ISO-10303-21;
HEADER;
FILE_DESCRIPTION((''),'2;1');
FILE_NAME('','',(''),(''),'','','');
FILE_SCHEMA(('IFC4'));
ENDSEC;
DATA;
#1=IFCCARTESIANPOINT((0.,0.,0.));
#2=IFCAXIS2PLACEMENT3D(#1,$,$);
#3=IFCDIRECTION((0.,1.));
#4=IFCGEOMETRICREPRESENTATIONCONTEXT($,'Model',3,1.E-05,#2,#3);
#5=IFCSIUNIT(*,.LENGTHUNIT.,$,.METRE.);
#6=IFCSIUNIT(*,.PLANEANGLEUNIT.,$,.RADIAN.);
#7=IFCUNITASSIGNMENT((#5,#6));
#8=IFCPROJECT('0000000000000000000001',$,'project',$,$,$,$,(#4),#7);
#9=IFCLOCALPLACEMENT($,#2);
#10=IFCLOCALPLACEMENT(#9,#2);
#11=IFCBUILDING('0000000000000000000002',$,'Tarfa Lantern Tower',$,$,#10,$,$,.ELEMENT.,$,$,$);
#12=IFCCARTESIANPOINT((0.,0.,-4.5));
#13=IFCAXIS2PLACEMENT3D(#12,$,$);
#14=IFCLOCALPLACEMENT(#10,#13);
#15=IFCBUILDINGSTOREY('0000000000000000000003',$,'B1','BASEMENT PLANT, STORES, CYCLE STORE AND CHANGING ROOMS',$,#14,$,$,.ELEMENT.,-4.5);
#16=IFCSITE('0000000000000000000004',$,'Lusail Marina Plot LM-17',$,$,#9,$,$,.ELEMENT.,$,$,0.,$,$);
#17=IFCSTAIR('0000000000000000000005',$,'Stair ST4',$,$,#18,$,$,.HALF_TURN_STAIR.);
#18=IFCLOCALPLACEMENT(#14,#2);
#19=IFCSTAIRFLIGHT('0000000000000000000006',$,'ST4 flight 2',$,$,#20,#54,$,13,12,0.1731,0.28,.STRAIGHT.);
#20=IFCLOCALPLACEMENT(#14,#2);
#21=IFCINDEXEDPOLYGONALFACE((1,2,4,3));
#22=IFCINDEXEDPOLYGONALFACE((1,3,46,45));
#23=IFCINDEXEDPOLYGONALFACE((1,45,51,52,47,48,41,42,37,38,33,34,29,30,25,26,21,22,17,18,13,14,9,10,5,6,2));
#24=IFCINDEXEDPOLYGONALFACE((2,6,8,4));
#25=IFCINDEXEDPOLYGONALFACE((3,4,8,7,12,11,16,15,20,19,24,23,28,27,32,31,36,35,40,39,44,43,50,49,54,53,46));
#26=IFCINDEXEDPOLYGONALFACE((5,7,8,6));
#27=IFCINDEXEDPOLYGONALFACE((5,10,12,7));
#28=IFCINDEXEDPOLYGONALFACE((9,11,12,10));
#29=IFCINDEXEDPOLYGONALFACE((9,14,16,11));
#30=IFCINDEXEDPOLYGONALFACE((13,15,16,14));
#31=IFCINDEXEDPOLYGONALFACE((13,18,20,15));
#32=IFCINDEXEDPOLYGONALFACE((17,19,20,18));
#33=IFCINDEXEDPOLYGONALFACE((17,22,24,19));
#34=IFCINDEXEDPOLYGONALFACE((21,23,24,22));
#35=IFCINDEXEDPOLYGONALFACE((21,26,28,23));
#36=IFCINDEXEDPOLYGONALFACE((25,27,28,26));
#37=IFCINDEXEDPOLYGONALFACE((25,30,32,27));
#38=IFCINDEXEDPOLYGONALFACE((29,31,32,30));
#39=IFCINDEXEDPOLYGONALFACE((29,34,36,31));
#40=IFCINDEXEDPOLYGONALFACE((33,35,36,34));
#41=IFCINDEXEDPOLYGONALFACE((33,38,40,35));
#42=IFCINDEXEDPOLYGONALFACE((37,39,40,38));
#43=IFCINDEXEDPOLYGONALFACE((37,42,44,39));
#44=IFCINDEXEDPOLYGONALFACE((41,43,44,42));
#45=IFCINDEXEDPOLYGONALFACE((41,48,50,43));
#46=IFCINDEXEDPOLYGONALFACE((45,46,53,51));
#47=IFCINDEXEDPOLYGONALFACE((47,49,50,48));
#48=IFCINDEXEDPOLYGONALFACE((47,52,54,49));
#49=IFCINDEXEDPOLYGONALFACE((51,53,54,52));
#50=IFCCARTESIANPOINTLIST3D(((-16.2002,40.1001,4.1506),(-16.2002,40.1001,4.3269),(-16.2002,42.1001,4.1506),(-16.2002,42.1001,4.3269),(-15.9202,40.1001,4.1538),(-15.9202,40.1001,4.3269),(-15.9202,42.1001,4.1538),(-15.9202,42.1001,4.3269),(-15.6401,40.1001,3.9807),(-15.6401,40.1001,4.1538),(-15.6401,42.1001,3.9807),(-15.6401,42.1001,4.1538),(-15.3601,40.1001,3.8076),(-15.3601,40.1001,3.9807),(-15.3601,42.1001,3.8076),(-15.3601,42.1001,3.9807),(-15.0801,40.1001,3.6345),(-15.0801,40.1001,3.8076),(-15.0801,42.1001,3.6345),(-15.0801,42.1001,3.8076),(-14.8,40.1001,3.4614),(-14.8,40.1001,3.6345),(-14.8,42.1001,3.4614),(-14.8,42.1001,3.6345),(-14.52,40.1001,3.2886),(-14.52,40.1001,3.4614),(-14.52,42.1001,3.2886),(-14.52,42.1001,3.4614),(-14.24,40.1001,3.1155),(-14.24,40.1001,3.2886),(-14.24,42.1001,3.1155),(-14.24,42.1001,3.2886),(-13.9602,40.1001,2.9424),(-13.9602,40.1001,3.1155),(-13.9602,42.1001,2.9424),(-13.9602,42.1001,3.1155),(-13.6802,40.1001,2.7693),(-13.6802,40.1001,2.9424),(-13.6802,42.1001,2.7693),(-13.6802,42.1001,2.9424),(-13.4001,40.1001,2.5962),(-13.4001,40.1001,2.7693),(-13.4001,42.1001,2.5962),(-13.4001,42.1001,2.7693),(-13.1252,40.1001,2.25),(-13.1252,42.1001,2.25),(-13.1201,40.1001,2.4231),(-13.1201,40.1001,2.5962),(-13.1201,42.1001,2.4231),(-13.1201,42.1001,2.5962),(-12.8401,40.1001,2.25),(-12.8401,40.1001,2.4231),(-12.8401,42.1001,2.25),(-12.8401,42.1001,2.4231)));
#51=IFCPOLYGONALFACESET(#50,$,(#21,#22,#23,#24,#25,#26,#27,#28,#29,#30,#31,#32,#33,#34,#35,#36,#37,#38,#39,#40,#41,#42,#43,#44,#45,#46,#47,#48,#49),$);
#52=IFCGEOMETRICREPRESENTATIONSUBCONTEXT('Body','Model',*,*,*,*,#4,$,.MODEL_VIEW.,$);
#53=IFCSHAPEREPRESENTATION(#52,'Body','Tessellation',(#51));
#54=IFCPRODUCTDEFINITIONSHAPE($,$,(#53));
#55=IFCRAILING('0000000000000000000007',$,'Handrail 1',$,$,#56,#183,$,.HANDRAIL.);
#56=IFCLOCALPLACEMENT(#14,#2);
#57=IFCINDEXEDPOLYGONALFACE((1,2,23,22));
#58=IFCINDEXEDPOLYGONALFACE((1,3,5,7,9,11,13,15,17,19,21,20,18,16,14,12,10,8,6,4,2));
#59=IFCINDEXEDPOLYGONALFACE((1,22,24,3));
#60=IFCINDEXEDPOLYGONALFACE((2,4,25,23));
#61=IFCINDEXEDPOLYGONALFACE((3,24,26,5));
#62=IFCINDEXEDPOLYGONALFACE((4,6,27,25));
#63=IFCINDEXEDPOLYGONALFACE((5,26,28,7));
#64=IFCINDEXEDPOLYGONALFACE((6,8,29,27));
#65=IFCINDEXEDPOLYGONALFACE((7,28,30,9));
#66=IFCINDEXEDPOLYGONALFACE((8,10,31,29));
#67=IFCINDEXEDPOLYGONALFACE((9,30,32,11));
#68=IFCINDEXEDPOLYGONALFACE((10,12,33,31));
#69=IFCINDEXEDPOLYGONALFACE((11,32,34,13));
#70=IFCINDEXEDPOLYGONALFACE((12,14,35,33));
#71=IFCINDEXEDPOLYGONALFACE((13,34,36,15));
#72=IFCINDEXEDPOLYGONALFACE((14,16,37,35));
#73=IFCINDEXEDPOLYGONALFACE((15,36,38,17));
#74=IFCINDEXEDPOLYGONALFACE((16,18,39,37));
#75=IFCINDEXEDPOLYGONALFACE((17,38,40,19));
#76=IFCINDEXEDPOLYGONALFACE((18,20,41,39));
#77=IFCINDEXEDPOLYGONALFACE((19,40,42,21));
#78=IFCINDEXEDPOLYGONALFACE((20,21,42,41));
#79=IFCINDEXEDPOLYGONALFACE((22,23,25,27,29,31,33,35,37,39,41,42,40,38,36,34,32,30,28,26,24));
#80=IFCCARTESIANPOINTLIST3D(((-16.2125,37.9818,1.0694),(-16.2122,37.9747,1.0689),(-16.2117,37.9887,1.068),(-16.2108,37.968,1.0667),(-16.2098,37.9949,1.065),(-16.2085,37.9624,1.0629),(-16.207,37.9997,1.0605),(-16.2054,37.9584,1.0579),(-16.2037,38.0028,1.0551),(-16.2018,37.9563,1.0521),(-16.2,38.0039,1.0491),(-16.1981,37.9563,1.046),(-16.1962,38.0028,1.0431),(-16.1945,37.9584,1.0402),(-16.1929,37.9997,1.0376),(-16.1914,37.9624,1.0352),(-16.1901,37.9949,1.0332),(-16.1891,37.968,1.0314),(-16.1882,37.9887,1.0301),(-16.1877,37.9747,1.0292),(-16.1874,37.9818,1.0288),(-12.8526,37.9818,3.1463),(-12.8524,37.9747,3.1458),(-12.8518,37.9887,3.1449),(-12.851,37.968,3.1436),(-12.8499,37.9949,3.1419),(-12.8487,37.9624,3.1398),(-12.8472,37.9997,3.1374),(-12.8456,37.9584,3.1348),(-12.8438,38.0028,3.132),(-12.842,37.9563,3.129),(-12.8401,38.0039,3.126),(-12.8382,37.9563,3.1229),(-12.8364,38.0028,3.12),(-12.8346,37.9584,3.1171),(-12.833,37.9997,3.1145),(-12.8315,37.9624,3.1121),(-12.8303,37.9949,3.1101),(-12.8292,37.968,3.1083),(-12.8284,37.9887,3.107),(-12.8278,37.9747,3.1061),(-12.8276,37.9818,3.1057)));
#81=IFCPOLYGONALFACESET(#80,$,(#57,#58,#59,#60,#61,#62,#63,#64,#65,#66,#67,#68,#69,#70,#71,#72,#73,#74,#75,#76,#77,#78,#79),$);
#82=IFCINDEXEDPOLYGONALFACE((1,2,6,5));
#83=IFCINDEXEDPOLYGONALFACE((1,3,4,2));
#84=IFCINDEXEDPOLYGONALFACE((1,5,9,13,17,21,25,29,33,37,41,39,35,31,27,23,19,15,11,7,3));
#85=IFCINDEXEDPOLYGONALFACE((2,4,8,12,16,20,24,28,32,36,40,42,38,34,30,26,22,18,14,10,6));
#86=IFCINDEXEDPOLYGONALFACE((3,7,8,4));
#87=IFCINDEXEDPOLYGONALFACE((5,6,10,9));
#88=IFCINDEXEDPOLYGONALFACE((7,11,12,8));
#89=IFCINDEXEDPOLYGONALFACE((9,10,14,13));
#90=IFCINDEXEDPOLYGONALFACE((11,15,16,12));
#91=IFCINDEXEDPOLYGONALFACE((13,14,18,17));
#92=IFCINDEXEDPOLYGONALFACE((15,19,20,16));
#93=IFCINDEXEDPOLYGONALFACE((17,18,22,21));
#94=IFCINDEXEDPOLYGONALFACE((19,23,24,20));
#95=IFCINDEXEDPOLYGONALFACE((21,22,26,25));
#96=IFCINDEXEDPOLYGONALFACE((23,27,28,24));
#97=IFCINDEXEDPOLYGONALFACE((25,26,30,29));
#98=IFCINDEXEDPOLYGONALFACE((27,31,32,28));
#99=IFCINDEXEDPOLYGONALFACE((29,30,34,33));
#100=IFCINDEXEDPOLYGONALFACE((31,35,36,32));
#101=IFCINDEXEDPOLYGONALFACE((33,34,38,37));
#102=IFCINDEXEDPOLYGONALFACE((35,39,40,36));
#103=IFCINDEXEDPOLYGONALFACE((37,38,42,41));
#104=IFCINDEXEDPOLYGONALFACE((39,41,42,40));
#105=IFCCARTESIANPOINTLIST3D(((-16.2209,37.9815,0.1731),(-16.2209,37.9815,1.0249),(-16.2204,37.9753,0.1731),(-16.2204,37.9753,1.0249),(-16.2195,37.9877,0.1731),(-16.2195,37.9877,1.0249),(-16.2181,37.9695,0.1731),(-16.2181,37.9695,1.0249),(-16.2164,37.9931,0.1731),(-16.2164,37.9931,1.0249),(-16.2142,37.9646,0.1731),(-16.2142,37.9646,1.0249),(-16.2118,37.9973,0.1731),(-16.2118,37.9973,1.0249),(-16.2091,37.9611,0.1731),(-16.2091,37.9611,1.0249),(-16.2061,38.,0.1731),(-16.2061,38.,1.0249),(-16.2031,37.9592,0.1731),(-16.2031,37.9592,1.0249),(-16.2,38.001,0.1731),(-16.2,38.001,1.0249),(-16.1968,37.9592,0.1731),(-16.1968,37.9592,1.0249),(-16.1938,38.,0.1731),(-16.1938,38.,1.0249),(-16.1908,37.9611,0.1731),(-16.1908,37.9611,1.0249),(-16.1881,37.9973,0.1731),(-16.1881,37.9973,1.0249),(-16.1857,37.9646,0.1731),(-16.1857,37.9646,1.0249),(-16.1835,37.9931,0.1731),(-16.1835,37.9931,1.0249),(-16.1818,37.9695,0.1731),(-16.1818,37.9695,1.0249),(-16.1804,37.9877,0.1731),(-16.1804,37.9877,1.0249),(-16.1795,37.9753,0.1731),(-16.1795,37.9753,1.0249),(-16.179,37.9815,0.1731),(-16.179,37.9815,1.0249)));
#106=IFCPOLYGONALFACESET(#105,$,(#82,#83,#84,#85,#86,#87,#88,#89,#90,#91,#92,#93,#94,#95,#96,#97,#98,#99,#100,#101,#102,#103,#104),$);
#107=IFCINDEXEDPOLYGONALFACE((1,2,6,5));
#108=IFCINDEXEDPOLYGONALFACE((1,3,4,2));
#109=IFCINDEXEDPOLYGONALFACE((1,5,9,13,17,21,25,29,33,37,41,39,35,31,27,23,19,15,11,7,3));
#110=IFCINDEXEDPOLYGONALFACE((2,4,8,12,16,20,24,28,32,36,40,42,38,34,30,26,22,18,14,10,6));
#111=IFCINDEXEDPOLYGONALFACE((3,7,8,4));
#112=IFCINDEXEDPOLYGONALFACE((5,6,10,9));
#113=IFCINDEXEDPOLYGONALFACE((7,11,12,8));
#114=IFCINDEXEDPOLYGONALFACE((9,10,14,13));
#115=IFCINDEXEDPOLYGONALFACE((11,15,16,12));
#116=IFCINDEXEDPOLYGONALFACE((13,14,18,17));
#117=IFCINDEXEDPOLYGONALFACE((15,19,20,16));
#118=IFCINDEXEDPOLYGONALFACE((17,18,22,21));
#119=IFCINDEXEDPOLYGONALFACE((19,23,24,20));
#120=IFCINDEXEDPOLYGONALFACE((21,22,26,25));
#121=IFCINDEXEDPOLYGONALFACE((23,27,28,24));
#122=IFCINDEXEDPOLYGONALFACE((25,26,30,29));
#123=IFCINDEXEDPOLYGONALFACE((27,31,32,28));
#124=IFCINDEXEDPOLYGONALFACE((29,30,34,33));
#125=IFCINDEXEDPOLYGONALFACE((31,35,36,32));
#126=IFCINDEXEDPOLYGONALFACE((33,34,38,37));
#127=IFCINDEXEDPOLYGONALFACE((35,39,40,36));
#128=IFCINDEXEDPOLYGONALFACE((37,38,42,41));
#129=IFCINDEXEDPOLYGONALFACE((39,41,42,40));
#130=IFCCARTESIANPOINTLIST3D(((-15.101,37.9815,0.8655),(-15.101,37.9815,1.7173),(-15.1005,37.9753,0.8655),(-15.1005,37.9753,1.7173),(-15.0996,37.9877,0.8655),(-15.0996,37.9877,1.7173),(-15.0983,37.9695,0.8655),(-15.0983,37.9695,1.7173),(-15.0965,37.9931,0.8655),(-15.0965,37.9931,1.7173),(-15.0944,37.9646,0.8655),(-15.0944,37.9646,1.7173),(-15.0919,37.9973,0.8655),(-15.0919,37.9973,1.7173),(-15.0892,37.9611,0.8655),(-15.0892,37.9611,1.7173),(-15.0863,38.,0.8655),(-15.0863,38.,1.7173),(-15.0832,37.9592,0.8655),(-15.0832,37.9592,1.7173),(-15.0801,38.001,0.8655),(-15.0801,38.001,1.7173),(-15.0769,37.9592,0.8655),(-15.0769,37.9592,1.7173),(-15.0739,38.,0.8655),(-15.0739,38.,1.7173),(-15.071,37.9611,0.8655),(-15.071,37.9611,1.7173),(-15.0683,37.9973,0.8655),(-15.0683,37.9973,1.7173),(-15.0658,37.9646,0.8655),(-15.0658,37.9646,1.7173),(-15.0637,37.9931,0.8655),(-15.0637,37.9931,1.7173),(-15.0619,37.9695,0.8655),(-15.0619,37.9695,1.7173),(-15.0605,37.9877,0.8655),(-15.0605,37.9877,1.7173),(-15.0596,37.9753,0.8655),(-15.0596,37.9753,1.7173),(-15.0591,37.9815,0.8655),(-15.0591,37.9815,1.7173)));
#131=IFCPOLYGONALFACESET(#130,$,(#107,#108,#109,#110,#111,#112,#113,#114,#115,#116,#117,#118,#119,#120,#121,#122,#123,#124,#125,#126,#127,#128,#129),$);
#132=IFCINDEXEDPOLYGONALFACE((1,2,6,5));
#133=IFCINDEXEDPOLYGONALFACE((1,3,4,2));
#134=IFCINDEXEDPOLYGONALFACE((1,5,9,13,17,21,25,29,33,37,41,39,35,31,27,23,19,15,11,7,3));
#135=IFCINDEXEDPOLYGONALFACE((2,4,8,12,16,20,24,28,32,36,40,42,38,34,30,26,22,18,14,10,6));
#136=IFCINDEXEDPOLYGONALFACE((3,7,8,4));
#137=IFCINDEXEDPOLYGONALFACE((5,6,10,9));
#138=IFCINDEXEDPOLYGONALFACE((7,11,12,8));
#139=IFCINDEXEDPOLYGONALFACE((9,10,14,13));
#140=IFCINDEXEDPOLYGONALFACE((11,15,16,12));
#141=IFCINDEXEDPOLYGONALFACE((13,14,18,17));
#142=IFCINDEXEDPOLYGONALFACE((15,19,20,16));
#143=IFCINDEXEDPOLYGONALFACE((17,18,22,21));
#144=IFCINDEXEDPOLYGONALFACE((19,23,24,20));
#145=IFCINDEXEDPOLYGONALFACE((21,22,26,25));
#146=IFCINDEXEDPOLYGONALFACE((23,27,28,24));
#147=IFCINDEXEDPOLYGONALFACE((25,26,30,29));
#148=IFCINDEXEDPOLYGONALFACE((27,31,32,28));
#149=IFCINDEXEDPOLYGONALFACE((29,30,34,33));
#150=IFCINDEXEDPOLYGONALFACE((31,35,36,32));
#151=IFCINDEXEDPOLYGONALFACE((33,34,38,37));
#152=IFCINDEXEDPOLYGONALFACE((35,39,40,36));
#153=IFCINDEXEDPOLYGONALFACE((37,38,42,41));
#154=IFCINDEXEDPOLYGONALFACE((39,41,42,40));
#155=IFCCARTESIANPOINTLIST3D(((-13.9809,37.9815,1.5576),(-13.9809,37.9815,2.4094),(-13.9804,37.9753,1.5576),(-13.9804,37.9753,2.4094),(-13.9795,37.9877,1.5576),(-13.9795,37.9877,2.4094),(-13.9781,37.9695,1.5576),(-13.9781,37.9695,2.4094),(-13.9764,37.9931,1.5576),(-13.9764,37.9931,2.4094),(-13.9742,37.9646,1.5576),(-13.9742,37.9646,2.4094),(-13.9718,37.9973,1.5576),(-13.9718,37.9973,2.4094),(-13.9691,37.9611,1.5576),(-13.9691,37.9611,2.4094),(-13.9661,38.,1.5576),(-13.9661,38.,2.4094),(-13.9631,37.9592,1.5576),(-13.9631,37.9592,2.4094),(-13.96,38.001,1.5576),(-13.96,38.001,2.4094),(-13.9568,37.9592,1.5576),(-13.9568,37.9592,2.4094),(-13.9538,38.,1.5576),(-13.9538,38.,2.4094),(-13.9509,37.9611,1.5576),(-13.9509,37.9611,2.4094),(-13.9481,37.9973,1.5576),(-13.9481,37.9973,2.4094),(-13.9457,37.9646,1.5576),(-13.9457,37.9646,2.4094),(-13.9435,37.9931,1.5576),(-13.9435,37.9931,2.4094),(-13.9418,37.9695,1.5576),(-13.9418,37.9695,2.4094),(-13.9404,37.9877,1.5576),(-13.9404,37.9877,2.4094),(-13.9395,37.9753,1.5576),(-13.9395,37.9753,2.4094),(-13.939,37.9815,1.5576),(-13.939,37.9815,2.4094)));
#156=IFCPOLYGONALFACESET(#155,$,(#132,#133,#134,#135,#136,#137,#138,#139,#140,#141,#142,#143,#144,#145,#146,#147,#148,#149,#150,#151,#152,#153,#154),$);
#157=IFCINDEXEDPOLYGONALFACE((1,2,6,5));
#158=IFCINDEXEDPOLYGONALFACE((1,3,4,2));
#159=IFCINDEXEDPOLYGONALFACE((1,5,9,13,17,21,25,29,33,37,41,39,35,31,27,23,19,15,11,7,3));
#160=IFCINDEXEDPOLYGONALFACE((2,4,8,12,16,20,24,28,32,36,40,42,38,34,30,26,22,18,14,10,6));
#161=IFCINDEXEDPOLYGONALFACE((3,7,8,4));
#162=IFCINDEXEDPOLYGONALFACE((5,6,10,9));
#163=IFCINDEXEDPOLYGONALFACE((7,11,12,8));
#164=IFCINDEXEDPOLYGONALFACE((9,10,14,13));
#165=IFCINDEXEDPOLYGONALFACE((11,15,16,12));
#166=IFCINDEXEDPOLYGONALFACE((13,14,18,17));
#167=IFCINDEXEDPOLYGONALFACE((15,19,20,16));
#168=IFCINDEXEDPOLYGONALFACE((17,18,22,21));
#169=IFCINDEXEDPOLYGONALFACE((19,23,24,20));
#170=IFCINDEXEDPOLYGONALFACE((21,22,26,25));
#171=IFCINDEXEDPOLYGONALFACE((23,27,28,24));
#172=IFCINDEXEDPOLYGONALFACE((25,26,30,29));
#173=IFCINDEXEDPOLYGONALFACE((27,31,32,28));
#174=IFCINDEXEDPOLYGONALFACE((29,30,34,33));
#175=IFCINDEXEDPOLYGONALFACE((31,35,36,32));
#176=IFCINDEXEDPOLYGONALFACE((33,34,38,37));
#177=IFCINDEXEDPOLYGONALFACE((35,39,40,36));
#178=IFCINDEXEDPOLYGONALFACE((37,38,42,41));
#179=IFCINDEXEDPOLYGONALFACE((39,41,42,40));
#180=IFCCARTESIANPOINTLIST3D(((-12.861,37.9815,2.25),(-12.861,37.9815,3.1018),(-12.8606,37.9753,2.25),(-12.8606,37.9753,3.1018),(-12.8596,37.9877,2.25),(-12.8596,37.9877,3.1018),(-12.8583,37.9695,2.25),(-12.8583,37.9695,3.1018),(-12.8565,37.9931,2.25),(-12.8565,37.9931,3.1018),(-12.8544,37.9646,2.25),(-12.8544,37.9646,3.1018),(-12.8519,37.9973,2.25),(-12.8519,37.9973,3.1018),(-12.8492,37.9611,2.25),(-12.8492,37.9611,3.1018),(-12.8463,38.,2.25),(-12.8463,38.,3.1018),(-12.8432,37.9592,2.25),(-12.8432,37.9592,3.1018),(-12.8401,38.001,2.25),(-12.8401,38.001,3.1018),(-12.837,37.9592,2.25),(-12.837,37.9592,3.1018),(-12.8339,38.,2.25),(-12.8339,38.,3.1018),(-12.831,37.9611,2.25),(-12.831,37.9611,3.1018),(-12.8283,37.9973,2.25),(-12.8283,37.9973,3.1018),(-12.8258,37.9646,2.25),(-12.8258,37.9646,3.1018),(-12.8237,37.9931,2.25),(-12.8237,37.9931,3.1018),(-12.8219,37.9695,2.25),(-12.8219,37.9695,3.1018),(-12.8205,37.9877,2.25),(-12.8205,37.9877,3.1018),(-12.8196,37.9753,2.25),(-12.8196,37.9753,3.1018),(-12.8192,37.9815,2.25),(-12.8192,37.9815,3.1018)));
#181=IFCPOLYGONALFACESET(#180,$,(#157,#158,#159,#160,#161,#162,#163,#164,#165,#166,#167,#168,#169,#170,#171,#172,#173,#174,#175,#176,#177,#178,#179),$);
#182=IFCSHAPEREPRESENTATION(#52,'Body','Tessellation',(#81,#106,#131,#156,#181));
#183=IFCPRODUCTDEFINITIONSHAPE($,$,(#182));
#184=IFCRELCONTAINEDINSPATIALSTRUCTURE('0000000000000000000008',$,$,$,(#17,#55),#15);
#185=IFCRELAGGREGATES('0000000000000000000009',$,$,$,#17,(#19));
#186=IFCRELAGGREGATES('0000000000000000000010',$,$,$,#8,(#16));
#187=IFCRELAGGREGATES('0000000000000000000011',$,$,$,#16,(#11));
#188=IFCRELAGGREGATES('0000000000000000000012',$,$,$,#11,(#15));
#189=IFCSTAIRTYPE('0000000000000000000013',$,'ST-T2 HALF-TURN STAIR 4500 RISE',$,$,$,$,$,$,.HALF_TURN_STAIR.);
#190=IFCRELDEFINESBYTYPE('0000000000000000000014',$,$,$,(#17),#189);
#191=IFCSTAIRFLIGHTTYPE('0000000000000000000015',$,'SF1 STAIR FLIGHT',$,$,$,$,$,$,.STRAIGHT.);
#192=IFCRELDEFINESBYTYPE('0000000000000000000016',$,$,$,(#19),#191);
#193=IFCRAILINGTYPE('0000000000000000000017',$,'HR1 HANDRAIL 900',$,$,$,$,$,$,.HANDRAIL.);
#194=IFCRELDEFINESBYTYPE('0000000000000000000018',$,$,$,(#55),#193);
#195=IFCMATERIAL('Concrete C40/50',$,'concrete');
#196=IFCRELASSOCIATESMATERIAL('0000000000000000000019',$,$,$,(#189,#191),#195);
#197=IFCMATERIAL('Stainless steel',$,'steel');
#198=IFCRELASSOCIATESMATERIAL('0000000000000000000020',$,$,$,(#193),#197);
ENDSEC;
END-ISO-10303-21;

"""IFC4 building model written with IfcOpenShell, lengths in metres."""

from ifc_helpers import new_model, si_unit, direction, frame, origin, origin_2d, place, context, subcontext, project, spatial, polyline, circle, outline, extrude, material, type_object, element, aggregate, save


model = new_model("IFC4")

# Units and contexts
model_context = context("Model", 3, precision=1e-05, world=origin(), true_north=direction((0.0, 1.0)))
body_context = subcontext(model_context, "Body", "Model", "MODEL_VIEW")
ifc_project = project(units=[si_unit("LENGTHUNIT", "METRE"), si_unit("PLANEANGLEUNIT", "RADIAN")], contexts=[model_context])

# Site, building, storey
site_placement = place(None, origin())
site = spatial("IfcSite", under=ifc_project, at=site_placement, Name="Lusail Marina Plot LM-17", CompositionType="ELEMENT", RefElevation=0.0)
building_placement = place(site_placement, origin())
building = spatial("IfcBuilding", under=site, at=building_placement, Name="Tarfa Lantern Tower", CompositionType="ELEMENT")
storey_placement = place(building_placement, frame((0.0, 0.0, -4.5)))
storey = spatial("IfcBuildingStorey", under=building, at=storey_placement, Name="B1", Description="BASEMENT PLANT, STORES, CYCLE STORE AND CHANGING ROOMS", CompositionType="ELEMENT", Elevation=-4.5)

# Stair, stair flight
ifc_material_1 = material(Name="Concrete C40/50", Category="concrete")
stair_type = type_object("IfcStairType", Name="ST-T2 HALF-TURN STAIR 4500 RISE", PredefinedType="HALF_TURN_STAIR", material=ifc_material_1)
stair_placement = place(storey_placement, origin())
stair = element("IfcStair", 1, at=stair_placement, inside=storey, type_object=stair_type, Name="Stair ST4", PredefinedType="HALF_TURN_STAIR")
stair_flight_type = type_object("IfcStairFlightType", Name="SF1 STAIR FLIGHT", PredefinedType="STRAIGHT", material=ifc_material_1)
stair_flight_1_placement = place(storey_placement, frame((-12.8401, 41.1001, 2.25), z_axis=(0.0, 0.0, 1.0), x_axis=(-1.0, 0.0, 0.0)))
stair_flight_1 = element("IfcStairFlight", 2, at=stair_flight_1_placement, type_object=stair_flight_type, Name="ST4 flight 2", NumberOfRisers=13, NumberOfTreads=12, PredefinedType="STRAIGHT", RiserHeight=0.1731, TreadLength=0.28, context=body_context, shape_type="SweptSolid", body=[
    extrude(outline(polyline([(0.0, 0.0), (0.0, 0.1731), (0.28, 0.1731), (0.28, 0.3462), (0.5601, 0.3462), (0.5601, 0.5193), (0.8401, 0.5193), (0.8401, 0.6924), (1.1201, 0.6924), (1.1201, 0.8655), (1.3999, 0.8655), (1.3999, 1.0386), (1.6799, 1.0386), (1.6799, 1.2114), (1.96, 1.2114), (1.96, 1.3845), (2.24, 1.3845), (2.24, 1.5576), (2.52, 1.5576), (2.52, 1.7307), (2.8, 1.7307), (2.8, 1.9038), (3.0801, 1.9038), (3.0801, 2.0769), (3.3601, 2.0769), (3.3601, 2.25), (3.3601, 1.9006), (0.2852, 0.0), (0.0, 0.0)])), frame((0.0, 1.0, 0.0), z_axis=(0.0, -1.0, 0.0), x_axis=(1.0, 0.0, 0.0)), (0.0, 0.0, 1.0), 2.0),
])
aggregate(stair, [stair_flight_1])

# Railing
ifc_material_2 = material(Name="Stainless steel", Category="steel")
railing_type = type_object("IfcRailingType", Name="HR1 HANDRAIL 900", PredefinedType="HANDRAIL", material=ifc_material_2)
railing_1_placement = place(storey_placement, frame((-16.2, 37.98, 0.1731)))
element("IfcRailing", 3, at=railing_1_placement, inside=storey, type_object=railing_type, Name="Handrail 1", PredefinedType="HANDRAIL", context=body_context, shape_type="SweptSolid", body=[
    extrude(circle(Radius=0.0239, at=origin_2d()), frame((0.0, 0.0, 0.876), z_axis=(0.850606, 0.0, 0.525803), x_axis=(0.0, 1.0, 0.0)), (0.0, 0.0, 1.0), 3.95),
    extrude(circle(Radius=0.021, at=origin_2d()), frame((0.0, 0.0, 0.0), z_axis=(0.0, 0.0, 1.0), x_axis=(0.0, 1.0, 0.0)), (0.0, 0.0, 1.0), 0.8518),
    extrude(circle(Radius=0.021, at=origin_2d()), frame((1.1199, 0.0, 0.6924), z_axis=(0.0, 0.0, 1.0), x_axis=(0.0, 1.0, 0.0)), (0.0, 0.0, 1.0), 0.8518),
    extrude(circle(Radius=0.021, at=origin_2d()), frame((2.24, 0.0, 1.3845), z_axis=(0.0, 0.0, 1.0), x_axis=(0.0, 1.0, 0.0)), (0.0, 0.0, 1.0), 0.8518),
    extrude(circle(Radius=0.021, at=origin_2d()), frame((3.3599, 0.0, 2.0769), z_axis=(0.0, 0.0, 1.0), x_axis=(0.0, 1.0, 0.0)), (0.0, 0.0, 1.0), 0.8518),
])

save(model, "model.ifc")
